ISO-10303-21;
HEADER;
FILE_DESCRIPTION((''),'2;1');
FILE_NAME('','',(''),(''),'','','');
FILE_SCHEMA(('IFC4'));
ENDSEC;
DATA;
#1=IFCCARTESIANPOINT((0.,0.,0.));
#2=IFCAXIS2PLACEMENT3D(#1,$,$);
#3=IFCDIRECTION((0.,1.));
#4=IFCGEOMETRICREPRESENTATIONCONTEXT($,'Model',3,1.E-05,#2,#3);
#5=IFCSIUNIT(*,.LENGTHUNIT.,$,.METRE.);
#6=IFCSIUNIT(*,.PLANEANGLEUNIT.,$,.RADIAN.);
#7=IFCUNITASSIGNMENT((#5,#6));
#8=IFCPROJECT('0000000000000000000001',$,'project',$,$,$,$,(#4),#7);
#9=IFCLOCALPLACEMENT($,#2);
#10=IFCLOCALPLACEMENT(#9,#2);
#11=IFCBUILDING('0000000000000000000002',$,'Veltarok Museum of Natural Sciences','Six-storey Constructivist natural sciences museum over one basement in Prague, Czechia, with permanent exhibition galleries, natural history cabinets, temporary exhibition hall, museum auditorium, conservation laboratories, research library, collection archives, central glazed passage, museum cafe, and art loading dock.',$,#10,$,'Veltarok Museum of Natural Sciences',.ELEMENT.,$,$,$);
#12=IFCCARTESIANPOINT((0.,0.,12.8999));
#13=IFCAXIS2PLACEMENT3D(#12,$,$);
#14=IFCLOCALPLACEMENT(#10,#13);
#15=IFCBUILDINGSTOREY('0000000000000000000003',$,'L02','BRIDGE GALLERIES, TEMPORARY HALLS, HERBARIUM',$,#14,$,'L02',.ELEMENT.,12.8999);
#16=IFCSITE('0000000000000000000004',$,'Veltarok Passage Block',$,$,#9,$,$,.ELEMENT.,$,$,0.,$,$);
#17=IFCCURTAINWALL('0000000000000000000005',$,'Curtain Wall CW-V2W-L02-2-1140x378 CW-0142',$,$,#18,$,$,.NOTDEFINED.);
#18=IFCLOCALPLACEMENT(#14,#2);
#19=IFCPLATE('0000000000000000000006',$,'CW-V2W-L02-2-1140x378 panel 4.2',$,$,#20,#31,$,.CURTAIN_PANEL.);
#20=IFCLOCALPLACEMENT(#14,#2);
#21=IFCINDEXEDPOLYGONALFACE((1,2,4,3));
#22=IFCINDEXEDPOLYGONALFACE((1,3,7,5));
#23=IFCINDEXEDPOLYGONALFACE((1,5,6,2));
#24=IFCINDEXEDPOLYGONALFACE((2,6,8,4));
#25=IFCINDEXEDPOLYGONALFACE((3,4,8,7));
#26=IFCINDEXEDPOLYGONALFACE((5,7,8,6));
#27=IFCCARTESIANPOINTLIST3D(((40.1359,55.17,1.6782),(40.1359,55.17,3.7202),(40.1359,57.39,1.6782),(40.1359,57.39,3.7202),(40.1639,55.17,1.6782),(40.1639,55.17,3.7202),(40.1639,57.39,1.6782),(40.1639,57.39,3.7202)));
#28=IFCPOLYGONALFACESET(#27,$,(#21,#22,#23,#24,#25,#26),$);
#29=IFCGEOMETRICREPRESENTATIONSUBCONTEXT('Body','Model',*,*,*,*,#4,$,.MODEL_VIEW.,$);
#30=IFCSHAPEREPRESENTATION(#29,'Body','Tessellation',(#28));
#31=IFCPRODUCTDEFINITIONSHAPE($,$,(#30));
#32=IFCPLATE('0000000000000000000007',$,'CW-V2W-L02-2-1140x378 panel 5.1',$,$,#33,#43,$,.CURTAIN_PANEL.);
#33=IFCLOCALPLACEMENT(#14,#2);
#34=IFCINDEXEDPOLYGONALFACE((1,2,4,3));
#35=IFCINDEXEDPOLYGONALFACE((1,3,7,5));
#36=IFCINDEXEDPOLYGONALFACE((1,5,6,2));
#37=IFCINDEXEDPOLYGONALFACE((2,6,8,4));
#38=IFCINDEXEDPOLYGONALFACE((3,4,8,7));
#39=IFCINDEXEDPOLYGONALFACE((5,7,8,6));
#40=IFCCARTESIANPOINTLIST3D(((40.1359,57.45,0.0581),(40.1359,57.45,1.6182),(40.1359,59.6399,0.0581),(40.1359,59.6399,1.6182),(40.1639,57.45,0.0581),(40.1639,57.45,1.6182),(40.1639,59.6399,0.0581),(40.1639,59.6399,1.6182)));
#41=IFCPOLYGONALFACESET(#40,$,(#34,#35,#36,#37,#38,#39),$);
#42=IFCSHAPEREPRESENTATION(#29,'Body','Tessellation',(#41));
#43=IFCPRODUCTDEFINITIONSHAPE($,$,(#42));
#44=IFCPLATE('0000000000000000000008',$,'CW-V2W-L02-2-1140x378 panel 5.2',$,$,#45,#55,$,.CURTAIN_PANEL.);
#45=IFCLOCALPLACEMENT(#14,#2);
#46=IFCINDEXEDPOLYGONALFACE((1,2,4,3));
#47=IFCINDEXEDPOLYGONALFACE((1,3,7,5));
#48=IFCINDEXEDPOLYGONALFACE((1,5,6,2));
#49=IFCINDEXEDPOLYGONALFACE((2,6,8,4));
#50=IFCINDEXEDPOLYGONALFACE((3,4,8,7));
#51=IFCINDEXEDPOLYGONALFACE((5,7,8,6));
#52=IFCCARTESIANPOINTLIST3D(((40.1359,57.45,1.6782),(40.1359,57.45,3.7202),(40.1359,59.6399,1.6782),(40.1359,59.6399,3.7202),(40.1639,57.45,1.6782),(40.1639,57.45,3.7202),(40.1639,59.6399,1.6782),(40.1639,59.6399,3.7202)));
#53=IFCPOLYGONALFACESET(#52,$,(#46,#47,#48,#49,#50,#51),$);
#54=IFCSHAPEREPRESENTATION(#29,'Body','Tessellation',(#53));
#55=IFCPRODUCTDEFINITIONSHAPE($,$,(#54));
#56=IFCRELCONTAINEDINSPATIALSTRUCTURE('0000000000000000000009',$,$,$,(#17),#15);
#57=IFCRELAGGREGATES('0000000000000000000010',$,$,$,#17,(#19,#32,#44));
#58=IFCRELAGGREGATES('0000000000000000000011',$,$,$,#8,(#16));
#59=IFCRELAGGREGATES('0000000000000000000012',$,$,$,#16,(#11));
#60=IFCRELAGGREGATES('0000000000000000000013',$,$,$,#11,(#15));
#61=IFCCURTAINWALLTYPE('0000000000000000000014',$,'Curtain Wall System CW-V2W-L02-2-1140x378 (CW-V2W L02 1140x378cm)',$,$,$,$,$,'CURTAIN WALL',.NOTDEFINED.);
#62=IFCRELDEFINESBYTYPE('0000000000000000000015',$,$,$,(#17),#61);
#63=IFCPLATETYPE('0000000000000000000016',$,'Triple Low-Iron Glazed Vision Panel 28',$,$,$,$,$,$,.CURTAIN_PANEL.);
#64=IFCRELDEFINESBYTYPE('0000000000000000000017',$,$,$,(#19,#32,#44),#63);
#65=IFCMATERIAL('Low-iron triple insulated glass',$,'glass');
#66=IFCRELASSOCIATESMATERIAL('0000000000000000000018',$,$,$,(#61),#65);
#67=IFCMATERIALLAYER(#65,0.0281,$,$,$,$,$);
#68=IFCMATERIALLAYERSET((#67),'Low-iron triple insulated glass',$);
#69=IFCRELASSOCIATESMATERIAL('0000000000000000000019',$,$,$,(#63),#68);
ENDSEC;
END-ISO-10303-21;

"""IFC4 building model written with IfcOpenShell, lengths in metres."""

from ifc_helpers import new_model, si_unit, direction, frame, origin, origin_2d, place, context, subcontext, project, spatial, rectangle, extrude, material, layer, layer_set, type_object, element, aggregate, save


model = new_model("IFC4")

# Units and contexts
model_context = context("Model", 3, precision=1e-05, world=origin(), true_north=direction((0.0, 1.0)))
body_context = subcontext(model_context, "Body", "Model", "MODEL_VIEW")
ifc_project = project(units=[si_unit("LENGTHUNIT", "METRE"), si_unit("PLANEANGLEUNIT", "RADIAN")], contexts=[model_context])

# Site, building, storey
site_placement = place(None, origin())
site = spatial("IfcSite", under=ifc_project, at=site_placement, Name="Veltarok Passage Block", CompositionType="ELEMENT", RefElevation=0.0)
building_placement = place(site_placement, origin())
building = spatial("IfcBuilding", under=site, at=building_placement, Name="Veltarok Museum of Natural Sciences", Description="Six-storey Constructivist natural sciences museum over one basement in Prague, Czechia, with permanent exhibition galleries, natural history cabinets, temporary exhibition hall, museum auditorium, conservation laboratories, research library, collection archives, central glazed passage, museum cafe, and art loading dock.", LongName="Veltarok Museum of Natural Sciences", CompositionType="ELEMENT")
storey_placement = place(building_placement, frame((0.0, 0.0, 12.8999)))
storey = spatial("IfcBuildingStorey", under=building, at=storey_placement, Name="L02", Description="BRIDGE GALLERIES, TEMPORARY HALLS, HERBARIUM", LongName="L02", CompositionType="ELEMENT", Elevation=12.8999)

# Curtain wall
ifc_material_1 = material(Name="Low-iron triple insulated glass", Category="glass")
curtain_wall_type_1 = type_object("IfcCurtainWallType", Name="Curtain Wall System CW-V2W-L02-2-1140x378 (CW-V2W L02 1140x378cm)", ElementType="CURTAIN WALL", PredefinedType="NOTDEFINED", material=ifc_material_1)
curtain_wall_1_placement = place(storey_placement, origin())
curtain_wall_1 = element("IfcCurtainWall", 1, at=curtain_wall_1_placement, inside=storey, type_object=curtain_wall_type_1, Name="Curtain Wall CW-V2W-L02-2-1140x378 CW-0142", PredefinedType="NOTDEFINED")

# Plates
ifc_layer = layer(ifc_material_1, 0.0281)
ifc_layer_set = layer_set([ifc_layer], Name="Low-iron triple insulated glass")
plate_type = type_object("IfcPlateType", Name="Triple Low-Iron Glazed Vision Panel 28", PredefinedType="CURTAIN_PANEL", material=ifc_layer_set)
plate_1_placement = place(storey_placement, frame((40.1499, 56.28, 1.6782), z_axis=(0.0, 0.0, 1.0), x_axis=(0.0, 1.0, 0.0)))
plate_1 = element("IfcPlate", 2, at=plate_1_placement, type_object=plate_type, Name="CW-V2W-L02-2-1140x378 panel 4.2", PredefinedType="CURTAIN_PANEL", context=body_context, shape_type="SweptSolid", body=[
    extrude(rectangle(XDim=2.22, YDim=0.0281, at=origin_2d()), origin(), (0.0, 0.0, 1.0), 2.042),
])
plate_2_placement = place(storey_placement, frame((40.1499, 58.5449, 0.0581), z_axis=(0.0, 0.0, 1.0), x_axis=(0.0, 1.0, 0.0)))
plate_2 = element("IfcPlate", 3, at=plate_2_placement, type_object=plate_type, Name="CW-V2W-L02-2-1140x378 panel 5.1", PredefinedType="CURTAIN_PANEL", context=body_context, shape_type="SweptSolid", body=[
    extrude(rectangle(XDim=2.1899, YDim=0.0281, at=origin_2d()), origin(), (0.0, 0.0, 1.0), 1.5601),
])
plate_3_placement = place(storey_placement, frame((40.1499, 58.5449, 1.6782), z_axis=(0.0, 0.0, 1.0), x_axis=(0.0, 1.0, 0.0)))
plate_3 = element("IfcPlate", 4, at=plate_3_placement, type_object=plate_type, Name="CW-V2W-L02-2-1140x378 panel 5.2", PredefinedType="CURTAIN_PANEL", context=body_context, shape_type="SweptSolid", body=[
    extrude(rectangle(XDim=2.1899, YDim=0.0281, at=origin_2d()), origin(), (0.0, 0.0, 1.0), 2.042),
])
aggregate(curtain_wall_1, [plate_1, plate_2, plate_3])

save(model, "model.ifc")
